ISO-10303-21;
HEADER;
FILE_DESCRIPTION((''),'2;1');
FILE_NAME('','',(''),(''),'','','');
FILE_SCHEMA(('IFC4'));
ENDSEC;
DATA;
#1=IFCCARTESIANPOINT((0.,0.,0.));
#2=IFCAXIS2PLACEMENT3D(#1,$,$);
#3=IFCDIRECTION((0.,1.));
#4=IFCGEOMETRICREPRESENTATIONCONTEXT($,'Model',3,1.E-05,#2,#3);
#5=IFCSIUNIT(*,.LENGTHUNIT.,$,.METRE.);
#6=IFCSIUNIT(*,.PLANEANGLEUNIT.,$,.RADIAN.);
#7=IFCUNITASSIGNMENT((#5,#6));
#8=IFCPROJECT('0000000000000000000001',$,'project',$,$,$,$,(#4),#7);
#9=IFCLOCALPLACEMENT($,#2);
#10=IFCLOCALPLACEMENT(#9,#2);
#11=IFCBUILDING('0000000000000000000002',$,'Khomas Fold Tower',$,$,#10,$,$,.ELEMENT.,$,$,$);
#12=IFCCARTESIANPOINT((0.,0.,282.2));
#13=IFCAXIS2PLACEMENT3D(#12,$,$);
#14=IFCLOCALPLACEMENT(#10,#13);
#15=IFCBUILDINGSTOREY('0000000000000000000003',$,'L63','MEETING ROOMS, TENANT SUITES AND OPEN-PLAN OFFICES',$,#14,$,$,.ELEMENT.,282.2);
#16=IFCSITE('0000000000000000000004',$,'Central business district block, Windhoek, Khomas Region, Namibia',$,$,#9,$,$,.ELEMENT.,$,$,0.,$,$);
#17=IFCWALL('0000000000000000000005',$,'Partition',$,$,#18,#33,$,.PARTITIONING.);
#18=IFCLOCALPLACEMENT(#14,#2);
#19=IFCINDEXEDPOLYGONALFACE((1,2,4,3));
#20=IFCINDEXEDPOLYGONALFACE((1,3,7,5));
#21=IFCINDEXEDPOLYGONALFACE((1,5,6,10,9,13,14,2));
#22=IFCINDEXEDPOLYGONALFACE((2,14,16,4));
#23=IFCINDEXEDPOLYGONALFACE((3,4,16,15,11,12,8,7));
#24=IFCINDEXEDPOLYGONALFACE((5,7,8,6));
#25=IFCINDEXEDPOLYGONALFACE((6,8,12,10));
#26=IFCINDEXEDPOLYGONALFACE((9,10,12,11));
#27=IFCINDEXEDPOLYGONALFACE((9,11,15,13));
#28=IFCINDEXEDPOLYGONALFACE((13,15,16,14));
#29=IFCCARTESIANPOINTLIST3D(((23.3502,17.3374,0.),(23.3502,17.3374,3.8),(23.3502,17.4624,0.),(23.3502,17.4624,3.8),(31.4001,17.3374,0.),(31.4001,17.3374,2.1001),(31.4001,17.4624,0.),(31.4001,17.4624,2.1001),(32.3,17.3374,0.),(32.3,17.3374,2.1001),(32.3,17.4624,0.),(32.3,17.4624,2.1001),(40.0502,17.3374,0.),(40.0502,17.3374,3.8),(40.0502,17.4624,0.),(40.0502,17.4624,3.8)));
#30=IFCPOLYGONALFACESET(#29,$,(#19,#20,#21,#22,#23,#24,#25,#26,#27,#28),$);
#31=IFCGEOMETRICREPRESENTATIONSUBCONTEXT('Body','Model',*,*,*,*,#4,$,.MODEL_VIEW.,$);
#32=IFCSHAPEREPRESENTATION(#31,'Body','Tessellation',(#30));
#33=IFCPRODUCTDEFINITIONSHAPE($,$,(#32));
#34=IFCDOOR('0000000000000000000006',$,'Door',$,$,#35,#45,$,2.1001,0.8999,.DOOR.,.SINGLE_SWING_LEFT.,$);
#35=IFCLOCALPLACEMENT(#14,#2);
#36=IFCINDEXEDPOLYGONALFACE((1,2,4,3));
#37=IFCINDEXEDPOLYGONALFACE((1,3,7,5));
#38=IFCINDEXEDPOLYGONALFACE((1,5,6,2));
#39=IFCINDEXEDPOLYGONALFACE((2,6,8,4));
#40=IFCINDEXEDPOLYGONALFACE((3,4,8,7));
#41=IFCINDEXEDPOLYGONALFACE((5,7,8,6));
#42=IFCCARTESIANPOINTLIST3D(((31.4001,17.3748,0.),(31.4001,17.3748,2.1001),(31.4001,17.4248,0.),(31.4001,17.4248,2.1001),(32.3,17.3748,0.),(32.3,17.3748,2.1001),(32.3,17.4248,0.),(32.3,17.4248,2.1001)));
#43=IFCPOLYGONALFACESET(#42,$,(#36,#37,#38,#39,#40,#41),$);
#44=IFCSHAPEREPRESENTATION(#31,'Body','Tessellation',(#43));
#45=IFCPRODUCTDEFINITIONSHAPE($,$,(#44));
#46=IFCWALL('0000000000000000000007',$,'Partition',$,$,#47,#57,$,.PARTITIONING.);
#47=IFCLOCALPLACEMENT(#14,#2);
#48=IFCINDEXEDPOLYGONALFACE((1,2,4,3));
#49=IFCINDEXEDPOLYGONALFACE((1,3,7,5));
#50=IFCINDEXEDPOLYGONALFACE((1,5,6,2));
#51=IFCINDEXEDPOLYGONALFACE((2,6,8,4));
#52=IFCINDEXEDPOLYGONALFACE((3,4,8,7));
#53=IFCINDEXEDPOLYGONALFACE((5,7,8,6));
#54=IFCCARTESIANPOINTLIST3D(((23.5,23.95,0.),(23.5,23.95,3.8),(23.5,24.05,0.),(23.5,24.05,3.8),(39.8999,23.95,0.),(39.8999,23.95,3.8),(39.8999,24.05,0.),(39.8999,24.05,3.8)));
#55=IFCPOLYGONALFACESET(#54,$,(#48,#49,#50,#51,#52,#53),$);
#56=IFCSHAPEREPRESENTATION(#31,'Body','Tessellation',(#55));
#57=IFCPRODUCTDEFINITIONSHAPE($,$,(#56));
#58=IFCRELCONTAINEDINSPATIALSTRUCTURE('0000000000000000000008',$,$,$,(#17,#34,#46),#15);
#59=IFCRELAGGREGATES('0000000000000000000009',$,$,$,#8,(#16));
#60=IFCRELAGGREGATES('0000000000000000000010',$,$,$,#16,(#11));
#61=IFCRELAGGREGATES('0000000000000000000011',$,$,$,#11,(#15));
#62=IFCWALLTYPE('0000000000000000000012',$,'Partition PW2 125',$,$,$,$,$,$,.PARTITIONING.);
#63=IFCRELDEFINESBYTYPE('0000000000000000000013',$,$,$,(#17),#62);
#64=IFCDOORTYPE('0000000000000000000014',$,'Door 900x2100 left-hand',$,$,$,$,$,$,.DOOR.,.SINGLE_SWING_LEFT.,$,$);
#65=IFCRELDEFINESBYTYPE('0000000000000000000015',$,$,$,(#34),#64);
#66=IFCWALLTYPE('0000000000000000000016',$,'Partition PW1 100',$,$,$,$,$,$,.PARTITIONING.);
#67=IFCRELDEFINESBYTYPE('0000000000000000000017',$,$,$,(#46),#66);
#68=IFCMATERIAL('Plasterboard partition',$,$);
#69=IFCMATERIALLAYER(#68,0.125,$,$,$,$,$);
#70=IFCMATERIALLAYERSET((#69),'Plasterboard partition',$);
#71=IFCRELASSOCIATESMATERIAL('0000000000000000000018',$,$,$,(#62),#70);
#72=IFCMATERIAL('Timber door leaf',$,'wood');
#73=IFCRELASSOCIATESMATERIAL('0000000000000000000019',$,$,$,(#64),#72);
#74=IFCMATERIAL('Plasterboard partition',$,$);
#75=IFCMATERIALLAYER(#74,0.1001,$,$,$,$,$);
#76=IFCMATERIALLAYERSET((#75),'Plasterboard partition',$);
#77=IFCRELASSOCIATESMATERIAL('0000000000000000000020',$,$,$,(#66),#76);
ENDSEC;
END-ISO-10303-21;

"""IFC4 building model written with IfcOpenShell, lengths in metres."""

from ifc_helpers import new_model, si_unit, direction, frame, frame_2d, origin, place, context, subcontext, project, spatial, rectangle, extrude, source, transform, mapped, material, layer, layer_set, type_object, element, fill, save


model = new_model("IFC4")

# Units and contexts
model_context = context("Model", 3, precision=1e-05, world=origin(), true_north=direction((0.0, 1.0)))
body_context = subcontext(model_context, "Body", "Model", "MODEL_VIEW")
ifc_project = project(units=[si_unit("LENGTHUNIT", "METRE"), si_unit("PLANEANGLEUNIT", "RADIAN")], contexts=[model_context])

# Site, building, storey
site_placement = place(None, origin())
site = spatial("IfcSite", under=ifc_project, at=site_placement, Name="Central business district block, Windhoek, Khomas Region, Namibia", CompositionType="ELEMENT", RefElevation=0.0)
building_placement = place(site_placement, origin())
building = spatial("IfcBuilding", under=site, at=building_placement, Name="Khomas Fold Tower", CompositionType="ELEMENT")
storey_placement = place(building_placement, frame((0.0, 0.0, 282.2)))
storey = spatial("IfcBuildingStorey", under=building, at=storey_placement, Name="L63", Description="MEETING ROOMS, TENANT SUITES AND OPEN-PLAN OFFICES", CompositionType="ELEMENT", Elevation=282.2)

# Shared definitions
ifc_material_1 = material(Name="Plasterboard partition")
ifc_layer_1 = layer(ifc_material_1, 0.125)
ifc_layer_set_1 = layer_set([ifc_layer_1], Name="Plasterboard partition")
wall_type_1 = type_object("IfcWallType", Name="Partition PW2 125", PredefinedType="PARTITIONING", material=ifc_layer_set_1)
shared_shape_1 = source(origin(), body_context, "Body", "SweptSolid", [
    extrude(rectangle(XDim=0.8999, YDim=2.1001, at=frame_2d((0.45, 1.05))), frame((0.0, 0.0725, 0.0), z_axis=(0.0, -1.0, 0.0), x_axis=(1.0, 0.0, 0.0)), (0.0, 0.0, 1.0), 0.145),
])
ifc_material_2 = material(Name="Timber door leaf", Category="wood")
door_type_1 = type_object("IfcDoorType", Name="Door 900x2100 left-hand", OperationType="SINGLE_SWING_LEFT", PredefinedType="DOOR", material=ifc_material_2)
shared_shape_2 = source(origin(), body_context, "Body", "SweptSolid", [
    extrude(rectangle(XDim=0.8999, YDim=2.1001, at=frame_2d((0.45, 1.05))), frame((0.0, 0.0249, 0.0), z_axis=(0.0, -1.0, 0.0), x_axis=(1.0, 0.0, 0.0)), (0.0, 0.0, 1.0), 0.05),
])

# Shared definitions
ifc_material_3 = material(Name="Plasterboard partition")
ifc_layer_2 = layer(ifc_material_3, 0.1001)
ifc_layer_set_2 = layer_set([ifc_layer_2], Name="Plasterboard partition")
wall_type_2 = type_object("IfcWallType", Name="Partition PW1 100", PredefinedType="PARTITIONING", material=ifc_layer_set_2)

# Wall, opening, door
shared_shape_3 = source(origin(), body_context, "Body", "SweptSolid", [
    extrude(rectangle(XDim=16.7, YDim=0.125, at=frame_2d((8.3501, 0.0))), origin(), (0.0, 0.0, 1.0), 3.8),
])
wall_1_placement = place(storey_placement, frame((23.3501, 17.3999, 0.0), z_axis=(0.0, 0.0, 1.0), x_axis=(1.0, 0.0, 0.0)))
wall_1 = element("IfcWall", 1, at=wall_1_placement, inside=storey, type_object=wall_type_1, Name="Partition", PredefinedType="PARTITIONING", context=body_context, shape_type="MappedRepresentation", body=[
    mapped(shared_shape_3, transform((0.0, 0.0, 0.0))),
])
opening_1_placement = place(wall_1_placement, frame((8.05, 0.0, 0.0)))
opening_1 = element("IfcOpeningElement", 2, at=opening_1_placement, cuts=wall_1, PredefinedType="OPENING", context=body_context, shape_type="MappedRepresentation", body=[
    mapped(shared_shape_1, transform((0.0, 0.0, 0.0))),
])
door_1_placement = place(opening_1_placement, origin())
door_1 = element("IfcDoor", 3, at=door_1_placement, inside=storey, type_object=door_type_1, Name="Door", OperationType="SINGLE_SWING_LEFT", OverallHeight=2.1001, OverallWidth=0.8999, PredefinedType="DOOR", context=body_context, shape_type="MappedRepresentation", body=[
    mapped(shared_shape_2, transform((0.0, 0.0, 0.0))),
])
fill(opening_1, door_1)

# Wall
shared_shape_4 = source(origin(), body_context, "Body", "SweptSolid", [
    extrude(rectangle(XDim=16.3999, YDim=0.1001, at=frame_2d((8.2, 0.0))), origin(), (0.0, 0.0, 1.0), 3.8),
])
wall_2_placement = place(storey_placement, frame((23.5, 24.0, 0.0), z_axis=(0.0, 0.0, 1.0), x_axis=(1.0, 0.0, 0.0)))
element("IfcWall", 4, at=wall_2_placement, inside=storey, type_object=wall_type_2, Name="Partition", PredefinedType="PARTITIONING", context=body_context, shape_type="MappedRepresentation", body=[
    mapped(shared_shape_4, transform((0.0, 0.0, 0.0))),
])

save(model, "model.ifc")
